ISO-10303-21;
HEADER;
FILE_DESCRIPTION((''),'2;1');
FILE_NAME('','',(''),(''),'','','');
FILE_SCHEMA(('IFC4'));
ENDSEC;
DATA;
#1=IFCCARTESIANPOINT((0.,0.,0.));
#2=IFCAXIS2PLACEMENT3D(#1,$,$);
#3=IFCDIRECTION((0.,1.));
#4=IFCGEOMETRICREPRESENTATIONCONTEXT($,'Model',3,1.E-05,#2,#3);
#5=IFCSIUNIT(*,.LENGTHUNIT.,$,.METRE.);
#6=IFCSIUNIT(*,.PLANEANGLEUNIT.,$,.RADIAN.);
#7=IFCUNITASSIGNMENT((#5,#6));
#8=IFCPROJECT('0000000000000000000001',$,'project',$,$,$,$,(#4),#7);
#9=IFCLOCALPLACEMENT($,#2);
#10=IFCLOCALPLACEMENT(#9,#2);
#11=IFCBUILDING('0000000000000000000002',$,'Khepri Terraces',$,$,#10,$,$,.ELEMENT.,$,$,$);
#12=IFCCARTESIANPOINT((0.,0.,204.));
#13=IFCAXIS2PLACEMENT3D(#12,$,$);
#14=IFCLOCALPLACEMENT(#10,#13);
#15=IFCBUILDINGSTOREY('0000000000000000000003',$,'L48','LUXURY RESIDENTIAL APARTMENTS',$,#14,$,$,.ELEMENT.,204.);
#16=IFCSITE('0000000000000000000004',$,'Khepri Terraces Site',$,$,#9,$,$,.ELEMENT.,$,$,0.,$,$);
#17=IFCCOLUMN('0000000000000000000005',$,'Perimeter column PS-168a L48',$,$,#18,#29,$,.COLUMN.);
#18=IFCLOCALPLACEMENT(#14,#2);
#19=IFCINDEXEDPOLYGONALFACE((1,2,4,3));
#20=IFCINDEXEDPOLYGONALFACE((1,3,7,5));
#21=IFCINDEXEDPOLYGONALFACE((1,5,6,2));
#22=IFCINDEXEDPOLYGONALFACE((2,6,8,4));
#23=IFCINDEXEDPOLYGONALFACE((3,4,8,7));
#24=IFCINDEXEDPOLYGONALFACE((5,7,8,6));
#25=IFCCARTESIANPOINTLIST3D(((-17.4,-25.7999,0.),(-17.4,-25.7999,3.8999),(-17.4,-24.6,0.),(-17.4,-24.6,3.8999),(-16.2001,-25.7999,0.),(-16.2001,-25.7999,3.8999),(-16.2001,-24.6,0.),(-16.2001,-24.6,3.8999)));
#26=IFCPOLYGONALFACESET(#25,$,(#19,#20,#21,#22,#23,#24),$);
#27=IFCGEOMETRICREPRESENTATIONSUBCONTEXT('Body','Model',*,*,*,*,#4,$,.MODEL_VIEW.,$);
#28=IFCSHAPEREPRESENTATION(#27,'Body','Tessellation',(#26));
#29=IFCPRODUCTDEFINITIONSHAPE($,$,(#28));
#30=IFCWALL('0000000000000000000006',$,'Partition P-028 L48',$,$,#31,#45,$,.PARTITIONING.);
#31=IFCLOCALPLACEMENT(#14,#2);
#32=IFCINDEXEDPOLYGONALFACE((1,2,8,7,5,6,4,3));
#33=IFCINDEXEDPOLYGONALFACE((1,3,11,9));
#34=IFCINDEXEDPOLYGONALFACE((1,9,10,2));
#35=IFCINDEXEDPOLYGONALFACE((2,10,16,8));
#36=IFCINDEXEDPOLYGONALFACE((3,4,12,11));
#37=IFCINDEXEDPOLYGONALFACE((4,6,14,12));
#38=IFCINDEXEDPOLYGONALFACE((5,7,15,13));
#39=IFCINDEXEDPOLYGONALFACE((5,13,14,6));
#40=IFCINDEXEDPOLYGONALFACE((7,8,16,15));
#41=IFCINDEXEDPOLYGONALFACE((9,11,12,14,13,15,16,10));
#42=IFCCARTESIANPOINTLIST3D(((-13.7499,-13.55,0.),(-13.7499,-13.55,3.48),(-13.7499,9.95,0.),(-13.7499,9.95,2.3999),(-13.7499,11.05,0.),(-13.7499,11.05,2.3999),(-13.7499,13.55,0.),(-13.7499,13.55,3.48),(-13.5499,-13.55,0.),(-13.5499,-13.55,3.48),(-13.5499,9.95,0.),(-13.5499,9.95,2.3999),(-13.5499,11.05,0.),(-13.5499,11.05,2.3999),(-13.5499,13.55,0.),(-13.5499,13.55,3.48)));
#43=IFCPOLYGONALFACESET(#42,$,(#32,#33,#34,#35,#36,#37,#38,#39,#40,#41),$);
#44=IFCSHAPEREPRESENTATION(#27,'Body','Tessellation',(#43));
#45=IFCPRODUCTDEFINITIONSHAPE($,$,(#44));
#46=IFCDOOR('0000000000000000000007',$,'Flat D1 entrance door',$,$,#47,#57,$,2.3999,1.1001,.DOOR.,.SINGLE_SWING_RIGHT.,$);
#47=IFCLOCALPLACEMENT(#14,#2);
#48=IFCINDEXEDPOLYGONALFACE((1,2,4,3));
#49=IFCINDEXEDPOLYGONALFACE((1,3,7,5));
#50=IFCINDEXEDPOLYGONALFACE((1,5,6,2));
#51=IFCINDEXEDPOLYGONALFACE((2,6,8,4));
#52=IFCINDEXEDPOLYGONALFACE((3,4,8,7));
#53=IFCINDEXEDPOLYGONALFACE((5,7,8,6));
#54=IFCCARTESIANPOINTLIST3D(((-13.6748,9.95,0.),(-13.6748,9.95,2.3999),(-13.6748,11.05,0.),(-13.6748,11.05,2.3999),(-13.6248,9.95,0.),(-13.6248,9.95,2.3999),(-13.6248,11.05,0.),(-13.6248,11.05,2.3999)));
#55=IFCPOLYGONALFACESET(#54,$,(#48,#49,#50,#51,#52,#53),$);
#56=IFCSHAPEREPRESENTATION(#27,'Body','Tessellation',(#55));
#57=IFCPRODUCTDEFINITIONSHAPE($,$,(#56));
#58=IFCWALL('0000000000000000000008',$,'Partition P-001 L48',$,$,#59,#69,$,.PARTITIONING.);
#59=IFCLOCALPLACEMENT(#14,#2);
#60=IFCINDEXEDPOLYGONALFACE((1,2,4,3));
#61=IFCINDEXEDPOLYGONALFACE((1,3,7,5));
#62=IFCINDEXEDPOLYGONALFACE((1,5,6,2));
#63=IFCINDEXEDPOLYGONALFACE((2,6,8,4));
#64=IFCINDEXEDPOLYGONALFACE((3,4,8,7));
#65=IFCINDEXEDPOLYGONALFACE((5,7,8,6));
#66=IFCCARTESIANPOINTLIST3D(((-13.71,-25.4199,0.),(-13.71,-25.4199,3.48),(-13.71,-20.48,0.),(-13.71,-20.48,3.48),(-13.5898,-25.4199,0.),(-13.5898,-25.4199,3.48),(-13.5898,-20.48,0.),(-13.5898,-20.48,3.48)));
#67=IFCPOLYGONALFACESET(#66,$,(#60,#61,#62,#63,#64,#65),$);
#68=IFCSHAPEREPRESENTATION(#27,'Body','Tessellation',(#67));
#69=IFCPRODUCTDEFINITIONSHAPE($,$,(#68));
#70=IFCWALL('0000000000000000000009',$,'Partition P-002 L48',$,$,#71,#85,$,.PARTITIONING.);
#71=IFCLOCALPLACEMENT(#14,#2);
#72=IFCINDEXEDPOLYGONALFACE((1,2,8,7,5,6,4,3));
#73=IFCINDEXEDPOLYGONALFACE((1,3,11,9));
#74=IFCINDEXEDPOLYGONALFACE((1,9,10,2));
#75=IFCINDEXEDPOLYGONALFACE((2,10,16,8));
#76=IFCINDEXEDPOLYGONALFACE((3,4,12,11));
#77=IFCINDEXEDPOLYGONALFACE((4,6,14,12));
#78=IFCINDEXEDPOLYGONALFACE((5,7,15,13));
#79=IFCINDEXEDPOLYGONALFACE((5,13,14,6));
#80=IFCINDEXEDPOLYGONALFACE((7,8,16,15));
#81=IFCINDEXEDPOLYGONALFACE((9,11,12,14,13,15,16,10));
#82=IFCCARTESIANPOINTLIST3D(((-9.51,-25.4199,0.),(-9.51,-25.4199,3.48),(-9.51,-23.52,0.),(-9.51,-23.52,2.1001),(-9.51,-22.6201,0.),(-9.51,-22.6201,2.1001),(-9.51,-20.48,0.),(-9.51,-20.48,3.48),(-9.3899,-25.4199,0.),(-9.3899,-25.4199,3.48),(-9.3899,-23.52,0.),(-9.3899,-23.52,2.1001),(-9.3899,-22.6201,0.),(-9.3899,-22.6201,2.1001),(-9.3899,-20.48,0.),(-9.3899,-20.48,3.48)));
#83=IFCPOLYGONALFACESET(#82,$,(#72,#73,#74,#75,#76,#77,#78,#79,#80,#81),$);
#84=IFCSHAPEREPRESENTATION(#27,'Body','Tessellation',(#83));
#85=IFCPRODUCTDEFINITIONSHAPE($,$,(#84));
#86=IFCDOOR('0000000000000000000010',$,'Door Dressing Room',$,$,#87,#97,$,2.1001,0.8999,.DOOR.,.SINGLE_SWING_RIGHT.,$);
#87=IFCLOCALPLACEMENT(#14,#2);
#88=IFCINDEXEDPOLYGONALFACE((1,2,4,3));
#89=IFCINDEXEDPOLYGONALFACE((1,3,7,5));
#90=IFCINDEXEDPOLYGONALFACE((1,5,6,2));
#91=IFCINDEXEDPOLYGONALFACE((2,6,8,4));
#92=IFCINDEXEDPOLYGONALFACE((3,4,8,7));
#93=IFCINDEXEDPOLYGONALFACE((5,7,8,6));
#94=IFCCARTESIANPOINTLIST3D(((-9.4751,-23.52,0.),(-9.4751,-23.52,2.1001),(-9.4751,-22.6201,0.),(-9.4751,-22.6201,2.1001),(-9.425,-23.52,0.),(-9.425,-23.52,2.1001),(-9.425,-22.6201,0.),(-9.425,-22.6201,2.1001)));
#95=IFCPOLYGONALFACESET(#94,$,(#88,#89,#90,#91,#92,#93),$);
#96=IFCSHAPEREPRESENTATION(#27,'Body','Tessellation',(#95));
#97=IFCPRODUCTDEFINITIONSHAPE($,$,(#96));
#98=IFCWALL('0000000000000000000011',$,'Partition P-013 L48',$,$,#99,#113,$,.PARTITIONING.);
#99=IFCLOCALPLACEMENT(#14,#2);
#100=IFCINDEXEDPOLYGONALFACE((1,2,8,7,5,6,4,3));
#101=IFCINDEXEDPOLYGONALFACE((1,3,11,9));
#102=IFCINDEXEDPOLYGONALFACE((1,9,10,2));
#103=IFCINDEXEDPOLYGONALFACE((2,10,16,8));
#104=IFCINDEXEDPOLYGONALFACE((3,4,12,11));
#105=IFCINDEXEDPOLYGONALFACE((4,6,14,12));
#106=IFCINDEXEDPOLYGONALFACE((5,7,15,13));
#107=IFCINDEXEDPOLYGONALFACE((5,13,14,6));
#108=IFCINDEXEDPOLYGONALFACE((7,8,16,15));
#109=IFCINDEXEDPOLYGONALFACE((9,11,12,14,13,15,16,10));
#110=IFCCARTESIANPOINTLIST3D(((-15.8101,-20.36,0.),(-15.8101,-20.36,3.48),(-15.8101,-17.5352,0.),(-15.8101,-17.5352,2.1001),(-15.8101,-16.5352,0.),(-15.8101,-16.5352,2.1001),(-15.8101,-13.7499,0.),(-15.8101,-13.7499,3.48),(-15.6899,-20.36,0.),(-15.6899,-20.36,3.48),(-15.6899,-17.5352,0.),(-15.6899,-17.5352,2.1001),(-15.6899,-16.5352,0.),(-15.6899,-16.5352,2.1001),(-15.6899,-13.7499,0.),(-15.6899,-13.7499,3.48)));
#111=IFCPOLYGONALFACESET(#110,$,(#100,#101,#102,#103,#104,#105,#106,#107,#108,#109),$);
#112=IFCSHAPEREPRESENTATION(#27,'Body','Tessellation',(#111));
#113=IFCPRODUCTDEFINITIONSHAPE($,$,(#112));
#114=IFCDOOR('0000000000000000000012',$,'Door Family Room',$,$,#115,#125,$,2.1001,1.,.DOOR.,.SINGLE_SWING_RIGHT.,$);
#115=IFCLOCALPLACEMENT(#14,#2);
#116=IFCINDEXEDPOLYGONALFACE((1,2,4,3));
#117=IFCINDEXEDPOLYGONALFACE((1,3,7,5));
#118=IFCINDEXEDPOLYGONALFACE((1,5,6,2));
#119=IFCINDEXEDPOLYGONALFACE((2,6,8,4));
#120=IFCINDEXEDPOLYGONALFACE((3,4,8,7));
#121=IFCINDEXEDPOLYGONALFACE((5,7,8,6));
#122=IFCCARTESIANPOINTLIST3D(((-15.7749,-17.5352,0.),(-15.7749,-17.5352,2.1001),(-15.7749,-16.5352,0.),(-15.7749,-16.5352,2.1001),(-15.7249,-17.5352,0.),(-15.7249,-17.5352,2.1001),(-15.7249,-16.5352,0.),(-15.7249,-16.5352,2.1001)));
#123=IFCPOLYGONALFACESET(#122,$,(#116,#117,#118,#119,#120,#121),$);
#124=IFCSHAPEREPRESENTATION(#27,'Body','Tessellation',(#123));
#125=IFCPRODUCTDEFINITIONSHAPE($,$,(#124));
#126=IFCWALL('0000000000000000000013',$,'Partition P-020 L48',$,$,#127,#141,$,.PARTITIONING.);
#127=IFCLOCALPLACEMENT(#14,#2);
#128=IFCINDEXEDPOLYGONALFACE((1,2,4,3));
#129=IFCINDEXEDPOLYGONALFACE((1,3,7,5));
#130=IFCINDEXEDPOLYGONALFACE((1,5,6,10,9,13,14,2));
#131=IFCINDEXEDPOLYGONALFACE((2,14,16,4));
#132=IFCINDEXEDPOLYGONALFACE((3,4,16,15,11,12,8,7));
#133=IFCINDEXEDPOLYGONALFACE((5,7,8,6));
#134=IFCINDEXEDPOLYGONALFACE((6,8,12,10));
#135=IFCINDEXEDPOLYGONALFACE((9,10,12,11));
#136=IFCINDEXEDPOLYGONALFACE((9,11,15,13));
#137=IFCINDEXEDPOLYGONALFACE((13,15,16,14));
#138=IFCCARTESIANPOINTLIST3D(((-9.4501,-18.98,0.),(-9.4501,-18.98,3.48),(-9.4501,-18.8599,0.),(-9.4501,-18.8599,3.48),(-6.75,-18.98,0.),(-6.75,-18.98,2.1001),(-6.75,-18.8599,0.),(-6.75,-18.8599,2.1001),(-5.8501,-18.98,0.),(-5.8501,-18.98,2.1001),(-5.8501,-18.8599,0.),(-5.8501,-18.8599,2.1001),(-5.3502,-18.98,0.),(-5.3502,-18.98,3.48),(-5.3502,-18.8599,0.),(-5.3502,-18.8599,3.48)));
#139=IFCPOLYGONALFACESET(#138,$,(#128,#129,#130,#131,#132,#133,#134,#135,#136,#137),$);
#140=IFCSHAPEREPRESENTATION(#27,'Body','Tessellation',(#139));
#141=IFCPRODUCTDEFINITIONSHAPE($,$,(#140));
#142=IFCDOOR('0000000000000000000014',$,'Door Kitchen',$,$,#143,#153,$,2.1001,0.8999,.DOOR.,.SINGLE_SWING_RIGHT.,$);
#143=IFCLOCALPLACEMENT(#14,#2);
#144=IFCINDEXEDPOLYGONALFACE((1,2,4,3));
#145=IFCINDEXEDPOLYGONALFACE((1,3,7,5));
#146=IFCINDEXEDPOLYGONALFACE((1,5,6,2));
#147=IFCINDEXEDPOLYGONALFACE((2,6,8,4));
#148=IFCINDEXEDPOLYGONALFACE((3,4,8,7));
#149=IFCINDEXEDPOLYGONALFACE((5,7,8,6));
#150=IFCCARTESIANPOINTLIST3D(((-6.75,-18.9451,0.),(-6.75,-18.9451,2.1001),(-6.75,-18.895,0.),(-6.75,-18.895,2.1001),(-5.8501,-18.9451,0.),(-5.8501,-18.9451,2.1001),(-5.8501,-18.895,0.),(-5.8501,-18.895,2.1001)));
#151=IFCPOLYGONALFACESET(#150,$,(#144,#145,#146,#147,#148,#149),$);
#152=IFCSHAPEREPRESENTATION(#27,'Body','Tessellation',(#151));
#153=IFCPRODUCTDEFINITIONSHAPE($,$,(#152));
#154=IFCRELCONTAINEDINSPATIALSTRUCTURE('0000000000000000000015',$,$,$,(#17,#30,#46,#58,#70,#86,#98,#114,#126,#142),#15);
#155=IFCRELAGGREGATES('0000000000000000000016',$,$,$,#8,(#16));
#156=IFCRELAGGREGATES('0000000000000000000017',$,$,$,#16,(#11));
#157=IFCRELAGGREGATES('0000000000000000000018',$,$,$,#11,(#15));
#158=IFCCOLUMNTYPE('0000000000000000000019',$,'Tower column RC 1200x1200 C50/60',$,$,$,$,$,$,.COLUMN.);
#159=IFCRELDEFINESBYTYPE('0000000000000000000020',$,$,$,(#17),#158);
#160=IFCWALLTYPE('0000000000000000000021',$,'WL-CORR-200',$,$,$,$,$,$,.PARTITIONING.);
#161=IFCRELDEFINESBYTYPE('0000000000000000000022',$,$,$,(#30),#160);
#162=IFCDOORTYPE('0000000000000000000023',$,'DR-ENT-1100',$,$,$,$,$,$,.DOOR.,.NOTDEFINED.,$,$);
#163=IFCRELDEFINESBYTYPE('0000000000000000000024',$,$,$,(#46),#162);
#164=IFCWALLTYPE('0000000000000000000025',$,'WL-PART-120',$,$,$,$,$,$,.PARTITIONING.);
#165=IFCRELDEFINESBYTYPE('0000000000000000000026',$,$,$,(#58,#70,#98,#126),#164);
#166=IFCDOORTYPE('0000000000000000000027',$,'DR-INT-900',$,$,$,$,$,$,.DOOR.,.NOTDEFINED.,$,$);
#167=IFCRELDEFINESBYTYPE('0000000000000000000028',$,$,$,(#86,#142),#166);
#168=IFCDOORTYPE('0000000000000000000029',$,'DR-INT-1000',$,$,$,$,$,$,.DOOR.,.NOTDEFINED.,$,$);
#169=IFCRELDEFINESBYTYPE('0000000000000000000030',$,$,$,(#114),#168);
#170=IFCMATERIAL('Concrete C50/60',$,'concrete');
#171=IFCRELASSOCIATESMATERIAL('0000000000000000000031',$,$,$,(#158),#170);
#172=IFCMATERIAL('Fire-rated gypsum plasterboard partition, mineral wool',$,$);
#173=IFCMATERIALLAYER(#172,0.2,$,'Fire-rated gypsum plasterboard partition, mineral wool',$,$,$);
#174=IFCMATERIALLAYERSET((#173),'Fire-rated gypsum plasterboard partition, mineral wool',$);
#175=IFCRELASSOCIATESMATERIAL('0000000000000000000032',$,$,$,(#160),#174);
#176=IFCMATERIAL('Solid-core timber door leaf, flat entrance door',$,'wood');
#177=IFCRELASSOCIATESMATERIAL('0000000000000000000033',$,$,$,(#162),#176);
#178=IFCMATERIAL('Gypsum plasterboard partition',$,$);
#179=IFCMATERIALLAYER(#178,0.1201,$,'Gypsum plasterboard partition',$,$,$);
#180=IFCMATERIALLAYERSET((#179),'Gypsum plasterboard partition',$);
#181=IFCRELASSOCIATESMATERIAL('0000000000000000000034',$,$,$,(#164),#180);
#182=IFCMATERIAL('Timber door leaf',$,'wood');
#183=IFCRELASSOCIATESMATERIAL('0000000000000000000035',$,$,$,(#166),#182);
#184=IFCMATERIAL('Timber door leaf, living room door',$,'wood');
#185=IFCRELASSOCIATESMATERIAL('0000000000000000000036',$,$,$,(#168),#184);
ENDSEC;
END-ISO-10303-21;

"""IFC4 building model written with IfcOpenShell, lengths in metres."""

from ifc_helpers import new_model, si_unit, direction, frame, frame_2d, origin, origin_2d, place, context, subcontext, project, spatial, rectangle, extrude, material, layer, layer_set, material_profile, profile_set, type_object, element, fill, save


model = new_model("IFC4")

# Units and contexts
model_context = context("Model", 3, precision=1e-05, world=origin(), true_north=direction((0.0, 1.0)))
body_context = subcontext(model_context, "Body", "Model", "MODEL_VIEW")
ifc_project = project(units=[si_unit("LENGTHUNIT", "METRE"), si_unit("PLANEANGLEUNIT", "RADIAN")], contexts=[model_context])

# Site, building, storey
site_placement = place(None, origin())
site = spatial("IfcSite", under=ifc_project, at=site_placement, Name="Khepri Terraces Site", CompositionType="ELEMENT", RefElevation=0.0)
building_placement = place(site_placement, origin())
building = spatial("IfcBuilding", under=site, at=building_placement, Name="Khepri Terraces", CompositionType="ELEMENT")
storey_placement = place(building_placement, frame((0.0, 0.0, 204.0)))
storey = spatial("IfcBuildingStorey", under=building, at=storey_placement, Name="L48", Description="LUXURY RESIDENTIAL APARTMENTS", CompositionType="ELEMENT", Elevation=204.0)

# Column
ifc_material_1 = material(Name="Concrete C50/60", Category="concrete")
ifc_material_profile = material_profile(ifc_material_1, rectangle(XDim=1.2, YDim=1.2, at=origin_2d()), Name="Concrete C50/60", Category="concrete")
ifc_profile_set = profile_set([ifc_material_profile], Name="Concrete C50/60")
column_type = type_object("IfcColumnType", Name="Tower column RC 1200x1200 C50/60", PredefinedType="COLUMN", material=ifc_profile_set)
column_placement = place(storey_placement, frame((-16.8, -25.2, 0.0), z_axis=(0.0, 0.0, 1.0), x_axis=(1.0, 0.0, 0.0)))
element("IfcColumn", 1, at=column_placement, inside=storey, type_object=column_type, Name="Perimeter column PS-168a L48", PredefinedType="COLUMN", context=body_context, shape_type="SweptSolid", body=[
    extrude(rectangle(XDim=1.2, YDim=1.2, at=origin_2d()), origin(), (0.0, 0.0, 1.0), 3.8999),
])

# Wall, opening, door
ifc_material_2 = material(Name="Fire-rated gypsum plasterboard partition, mineral wool")
ifc_layer_1 = layer(ifc_material_2, 0.2, Name="Fire-rated gypsum plasterboard partition, mineral wool")
ifc_layer_set_1 = layer_set([ifc_layer_1], Name="Fire-rated gypsum plasterboard partition, mineral wool")
wall_type_1 = type_object("IfcWallType", Name="WL-CORR-200", PredefinedType="PARTITIONING", material=ifc_layer_set_1)
wall_1_placement = place(storey_placement, frame((-13.6499, -13.55, 0.0), z_axis=(0.0, 0.0, 1.0), x_axis=(0.0, 1.0, 0.0)))
wall_1 = element("IfcWall", 2, at=wall_1_placement, inside=storey, type_object=wall_type_1, Name="Partition P-028 L48", PredefinedType="PARTITIONING", context=body_context, shape_type="SweptSolid", body=[
    extrude(rectangle(XDim=27.1001, YDim=0.2, at=frame_2d((13.55, 0.0))), origin(), (0.0, 0.0, 1.0), 3.48),
])
opening_1_placement = place(wall_1_placement, frame((23.5, 0.0, 0.0)))
opening_1 = element("IfcOpeningElement", 3, at=opening_1_placement, cuts=wall_1, PredefinedType="OPENING", context=body_context, shape_type="SweptSolid", body=[
    extrude(rectangle(XDim=1.1001, YDim=2.3999, at=frame_2d((0.55, 1.2))), frame((0.0, 0.1099, 0.0), z_axis=(0.0, -1.0, 0.0), x_axis=(1.0, 0.0, 0.0)), (0.0, 0.0, 1.0), 0.22),
])
ifc_material_3 = material(Name="Solid-core timber door leaf, flat entrance door", Category="wood")
door_type_1 = type_object("IfcDoorType", Name="DR-ENT-1100", OperationType="NOTDEFINED", PredefinedType="DOOR", material=ifc_material_3)
door_1_placement = place(opening_1_placement, origin())
door_1 = element("IfcDoor", 4, at=door_1_placement, inside=storey, type_object=door_type_1, Name="Flat D1 entrance door", OperationType="SINGLE_SWING_RIGHT", OverallHeight=2.3999, OverallWidth=1.1001, PredefinedType="DOOR", context=body_context, shape_type="SweptSolid", body=[
    extrude(rectangle(XDim=1.1001, YDim=2.3999, at=frame_2d((0.55, 1.2))), frame((0.0, 0.0249, 0.0), z_axis=(0.0, -1.0, 0.0), x_axis=(1.0, 0.0, 0.0)), (0.0, 0.0, 1.0), 0.05),
])
fill(opening_1, door_1)

# Wall
ifc_material_4 = material(Name="Gypsum plasterboard partition")
ifc_layer_2 = layer(ifc_material_4, 0.1201, Name="Gypsum plasterboard partition")
ifc_layer_set_2 = layer_set([ifc_layer_2], Name="Gypsum plasterboard partition")
wall_type_2 = type_object("IfcWallType", Name="WL-PART-120", PredefinedType="PARTITIONING", material=ifc_layer_set_2)
wall_2_placement = place(storey_placement, frame((-13.6499, -25.4199, 0.0), z_axis=(0.0, 0.0, 1.0), x_axis=(0.0, 1.0, 0.0)))
element("IfcWall", 5, at=wall_2_placement, inside=storey, type_object=wall_type_2, Name="Partition P-001 L48", PredefinedType="PARTITIONING", context=body_context, shape_type="SweptSolid", body=[
    extrude(rectangle(XDim=4.9399, YDim=0.1201, at=frame_2d((2.47, 0.0))), origin(), (0.0, 0.0, 1.0), 3.48),
])

# Walls, openings, doors
wall_3_placement = place(storey_placement, frame((-9.45, -25.4199, 0.0), z_axis=(0.0, 0.0, 1.0), x_axis=(0.0, 1.0, 0.0)))
wall_3 = element("IfcWall", 6, at=wall_3_placement, inside=storey, type_object=wall_type_2, Name="Partition P-002 L48", PredefinedType="PARTITIONING", context=body_context, shape_type="SweptSolid", body=[
    extrude(rectangle(XDim=4.9399, YDim=0.1201, at=frame_2d((2.47, 0.0))), origin(), (0.0, 0.0, 1.0), 3.48),
])
opening_2_placement = place(wall_3_placement, frame((1.8999, 0.0, 0.0)))
opening_2 = element("IfcOpeningElement", 7, at=opening_2_placement, cuts=wall_3, PredefinedType="OPENING", context=body_context, shape_type="SweptSolid", body=[
    extrude(rectangle(XDim=0.8999, YDim=2.1001, at=frame_2d((0.45, 1.05))), frame((0.0, 0.0701, 0.0), z_axis=(0.0, -1.0, 0.0), x_axis=(1.0, 0.0, 0.0)), (0.0, 0.0, 1.0), 0.1401),
])
ifc_material_5 = material(Name="Timber door leaf", Category="wood")
door_type_2 = type_object("IfcDoorType", Name="DR-INT-900", OperationType="NOTDEFINED", PredefinedType="DOOR", material=ifc_material_5)
door_2_placement = place(opening_2_placement, frame((0.8999, 0.0, 0.0), z_axis=(0.0, 0.0, 1.0), x_axis=(-1.0, 0.0, 0.0)))
door_2 = element("IfcDoor", 8, at=door_2_placement, inside=storey, type_object=door_type_2, Name="Door Dressing Room", OperationType="SINGLE_SWING_RIGHT", OverallHeight=2.1001, OverallWidth=0.8999, PredefinedType="DOOR", context=body_context, shape_type="SweptSolid", body=[
    extrude(rectangle(XDim=0.8999, YDim=2.1001, at=frame_2d((0.45, 1.05))), frame((0.0, 0.0249, 0.0), z_axis=(0.0, -1.0, 0.0), x_axis=(1.0, 0.0, 0.0)), (0.0, 0.0, 1.0), 0.05),
])
fill(opening_2, door_2)
wall_4_placement = place(storey_placement, frame((-15.75, -20.3601, 0.0), z_axis=(0.0, 0.0, 1.0), x_axis=(0.0, 1.0, 0.0)))
wall_4 = element("IfcWall", 9, at=wall_4_placement, inside=storey, type_object=wall_type_2, Name="Partition P-013 L48", PredefinedType="PARTITIONING", context=body_context, shape_type="SweptSolid", body=[
    extrude(rectangle(XDim=6.6101, YDim=0.1201, at=frame_2d((3.3052, 0.0))), origin(), (0.0, 0.0, 1.0), 3.48),
])
opening_3_placement = place(wall_4_placement, frame((2.825, 0.0, 0.0)))
opening_3 = element("IfcOpeningElement", 10, at=opening_3_placement, cuts=wall_4, PredefinedType="OPENING", context=body_context, shape_type="SweptSolid", body=[
    extrude(rectangle(XDim=1.0, YDim=2.1001, at=frame_2d((0.5, 1.05))), frame((0.0, 0.0701, 0.0), z_axis=(0.0, -1.0, 0.0), x_axis=(1.0, 0.0, 0.0)), (0.0, 0.0, 1.0), 0.1401),
])
ifc_material_6 = material(Name="Timber door leaf, living room door", Category="wood")
door_type_3 = type_object("IfcDoorType", Name="DR-INT-1000", OperationType="NOTDEFINED", PredefinedType="DOOR", material=ifc_material_6)
door_3_placement = place(opening_3_placement, origin())
door_3 = element("IfcDoor", 11, at=door_3_placement, inside=storey, type_object=door_type_3, Name="Door Family Room", OperationType="SINGLE_SWING_RIGHT", OverallHeight=2.1001, OverallWidth=1.0, PredefinedType="DOOR", context=body_context, shape_type="SweptSolid", body=[
    extrude(rectangle(XDim=1.0, YDim=2.1001, at=frame_2d((0.5, 1.05))), frame((0.0, 0.0249, 0.0), z_axis=(0.0, -1.0, 0.0), x_axis=(1.0, 0.0, 0.0)), (0.0, 0.0, 1.0), 0.05),
])
fill(opening_3, door_3)
wall_5_placement = place(storey_placement, frame((-9.45, -18.9199, 0.0), z_axis=(0.0, 0.0, 1.0), x_axis=(1.0, 0.0, 0.0)))
wall_5 = element("IfcWall", 12, at=wall_5_placement, inside=storey, type_object=wall_type_2, Name="Partition P-020 L48", PredefinedType="PARTITIONING", context=body_context, shape_type="SweptSolid", body=[
    extrude(rectangle(XDim=4.0999, YDim=0.1201, at=frame_2d((2.0498, 0.0))), origin(), (0.0, 0.0, 1.0), 3.48),
])
opening_4_placement = place(wall_5_placement, frame((2.7, 0.0, 0.0)))
opening_4 = element("IfcOpeningElement", 13, at=opening_4_placement, cuts=wall_5, PredefinedType="OPENING", context=body_context, shape_type="SweptSolid", body=[
    extrude(rectangle(XDim=0.8999, YDim=2.1001, at=frame_2d((0.45, 1.05))), frame((0.0, 0.0701, 0.0), z_axis=(0.0, -1.0, 0.0), x_axis=(1.0, 0.0, 0.0)), (0.0, 0.0, 1.0), 0.1401),
])
door_4_placement = place(opening_4_placement, origin())
door_4 = element("IfcDoor", 14, at=door_4_placement, inside=storey, type_object=door_type_2, Name="Door Kitchen", OperationType="SINGLE_SWING_RIGHT", OverallHeight=2.1001, OverallWidth=0.8999, PredefinedType="DOOR", context=body_context, shape_type="SweptSolid", body=[
    extrude(rectangle(XDim=0.8999, YDim=2.1001, at=frame_2d((0.45, 1.05))), frame((0.0, 0.0249, 0.0), z_axis=(0.0, -1.0, 0.0), x_axis=(1.0, 0.0, 0.0)), (0.0, 0.0, 1.0), 0.05),
])
fill(opening_4, door_4)

save(model, "model.ifc")
